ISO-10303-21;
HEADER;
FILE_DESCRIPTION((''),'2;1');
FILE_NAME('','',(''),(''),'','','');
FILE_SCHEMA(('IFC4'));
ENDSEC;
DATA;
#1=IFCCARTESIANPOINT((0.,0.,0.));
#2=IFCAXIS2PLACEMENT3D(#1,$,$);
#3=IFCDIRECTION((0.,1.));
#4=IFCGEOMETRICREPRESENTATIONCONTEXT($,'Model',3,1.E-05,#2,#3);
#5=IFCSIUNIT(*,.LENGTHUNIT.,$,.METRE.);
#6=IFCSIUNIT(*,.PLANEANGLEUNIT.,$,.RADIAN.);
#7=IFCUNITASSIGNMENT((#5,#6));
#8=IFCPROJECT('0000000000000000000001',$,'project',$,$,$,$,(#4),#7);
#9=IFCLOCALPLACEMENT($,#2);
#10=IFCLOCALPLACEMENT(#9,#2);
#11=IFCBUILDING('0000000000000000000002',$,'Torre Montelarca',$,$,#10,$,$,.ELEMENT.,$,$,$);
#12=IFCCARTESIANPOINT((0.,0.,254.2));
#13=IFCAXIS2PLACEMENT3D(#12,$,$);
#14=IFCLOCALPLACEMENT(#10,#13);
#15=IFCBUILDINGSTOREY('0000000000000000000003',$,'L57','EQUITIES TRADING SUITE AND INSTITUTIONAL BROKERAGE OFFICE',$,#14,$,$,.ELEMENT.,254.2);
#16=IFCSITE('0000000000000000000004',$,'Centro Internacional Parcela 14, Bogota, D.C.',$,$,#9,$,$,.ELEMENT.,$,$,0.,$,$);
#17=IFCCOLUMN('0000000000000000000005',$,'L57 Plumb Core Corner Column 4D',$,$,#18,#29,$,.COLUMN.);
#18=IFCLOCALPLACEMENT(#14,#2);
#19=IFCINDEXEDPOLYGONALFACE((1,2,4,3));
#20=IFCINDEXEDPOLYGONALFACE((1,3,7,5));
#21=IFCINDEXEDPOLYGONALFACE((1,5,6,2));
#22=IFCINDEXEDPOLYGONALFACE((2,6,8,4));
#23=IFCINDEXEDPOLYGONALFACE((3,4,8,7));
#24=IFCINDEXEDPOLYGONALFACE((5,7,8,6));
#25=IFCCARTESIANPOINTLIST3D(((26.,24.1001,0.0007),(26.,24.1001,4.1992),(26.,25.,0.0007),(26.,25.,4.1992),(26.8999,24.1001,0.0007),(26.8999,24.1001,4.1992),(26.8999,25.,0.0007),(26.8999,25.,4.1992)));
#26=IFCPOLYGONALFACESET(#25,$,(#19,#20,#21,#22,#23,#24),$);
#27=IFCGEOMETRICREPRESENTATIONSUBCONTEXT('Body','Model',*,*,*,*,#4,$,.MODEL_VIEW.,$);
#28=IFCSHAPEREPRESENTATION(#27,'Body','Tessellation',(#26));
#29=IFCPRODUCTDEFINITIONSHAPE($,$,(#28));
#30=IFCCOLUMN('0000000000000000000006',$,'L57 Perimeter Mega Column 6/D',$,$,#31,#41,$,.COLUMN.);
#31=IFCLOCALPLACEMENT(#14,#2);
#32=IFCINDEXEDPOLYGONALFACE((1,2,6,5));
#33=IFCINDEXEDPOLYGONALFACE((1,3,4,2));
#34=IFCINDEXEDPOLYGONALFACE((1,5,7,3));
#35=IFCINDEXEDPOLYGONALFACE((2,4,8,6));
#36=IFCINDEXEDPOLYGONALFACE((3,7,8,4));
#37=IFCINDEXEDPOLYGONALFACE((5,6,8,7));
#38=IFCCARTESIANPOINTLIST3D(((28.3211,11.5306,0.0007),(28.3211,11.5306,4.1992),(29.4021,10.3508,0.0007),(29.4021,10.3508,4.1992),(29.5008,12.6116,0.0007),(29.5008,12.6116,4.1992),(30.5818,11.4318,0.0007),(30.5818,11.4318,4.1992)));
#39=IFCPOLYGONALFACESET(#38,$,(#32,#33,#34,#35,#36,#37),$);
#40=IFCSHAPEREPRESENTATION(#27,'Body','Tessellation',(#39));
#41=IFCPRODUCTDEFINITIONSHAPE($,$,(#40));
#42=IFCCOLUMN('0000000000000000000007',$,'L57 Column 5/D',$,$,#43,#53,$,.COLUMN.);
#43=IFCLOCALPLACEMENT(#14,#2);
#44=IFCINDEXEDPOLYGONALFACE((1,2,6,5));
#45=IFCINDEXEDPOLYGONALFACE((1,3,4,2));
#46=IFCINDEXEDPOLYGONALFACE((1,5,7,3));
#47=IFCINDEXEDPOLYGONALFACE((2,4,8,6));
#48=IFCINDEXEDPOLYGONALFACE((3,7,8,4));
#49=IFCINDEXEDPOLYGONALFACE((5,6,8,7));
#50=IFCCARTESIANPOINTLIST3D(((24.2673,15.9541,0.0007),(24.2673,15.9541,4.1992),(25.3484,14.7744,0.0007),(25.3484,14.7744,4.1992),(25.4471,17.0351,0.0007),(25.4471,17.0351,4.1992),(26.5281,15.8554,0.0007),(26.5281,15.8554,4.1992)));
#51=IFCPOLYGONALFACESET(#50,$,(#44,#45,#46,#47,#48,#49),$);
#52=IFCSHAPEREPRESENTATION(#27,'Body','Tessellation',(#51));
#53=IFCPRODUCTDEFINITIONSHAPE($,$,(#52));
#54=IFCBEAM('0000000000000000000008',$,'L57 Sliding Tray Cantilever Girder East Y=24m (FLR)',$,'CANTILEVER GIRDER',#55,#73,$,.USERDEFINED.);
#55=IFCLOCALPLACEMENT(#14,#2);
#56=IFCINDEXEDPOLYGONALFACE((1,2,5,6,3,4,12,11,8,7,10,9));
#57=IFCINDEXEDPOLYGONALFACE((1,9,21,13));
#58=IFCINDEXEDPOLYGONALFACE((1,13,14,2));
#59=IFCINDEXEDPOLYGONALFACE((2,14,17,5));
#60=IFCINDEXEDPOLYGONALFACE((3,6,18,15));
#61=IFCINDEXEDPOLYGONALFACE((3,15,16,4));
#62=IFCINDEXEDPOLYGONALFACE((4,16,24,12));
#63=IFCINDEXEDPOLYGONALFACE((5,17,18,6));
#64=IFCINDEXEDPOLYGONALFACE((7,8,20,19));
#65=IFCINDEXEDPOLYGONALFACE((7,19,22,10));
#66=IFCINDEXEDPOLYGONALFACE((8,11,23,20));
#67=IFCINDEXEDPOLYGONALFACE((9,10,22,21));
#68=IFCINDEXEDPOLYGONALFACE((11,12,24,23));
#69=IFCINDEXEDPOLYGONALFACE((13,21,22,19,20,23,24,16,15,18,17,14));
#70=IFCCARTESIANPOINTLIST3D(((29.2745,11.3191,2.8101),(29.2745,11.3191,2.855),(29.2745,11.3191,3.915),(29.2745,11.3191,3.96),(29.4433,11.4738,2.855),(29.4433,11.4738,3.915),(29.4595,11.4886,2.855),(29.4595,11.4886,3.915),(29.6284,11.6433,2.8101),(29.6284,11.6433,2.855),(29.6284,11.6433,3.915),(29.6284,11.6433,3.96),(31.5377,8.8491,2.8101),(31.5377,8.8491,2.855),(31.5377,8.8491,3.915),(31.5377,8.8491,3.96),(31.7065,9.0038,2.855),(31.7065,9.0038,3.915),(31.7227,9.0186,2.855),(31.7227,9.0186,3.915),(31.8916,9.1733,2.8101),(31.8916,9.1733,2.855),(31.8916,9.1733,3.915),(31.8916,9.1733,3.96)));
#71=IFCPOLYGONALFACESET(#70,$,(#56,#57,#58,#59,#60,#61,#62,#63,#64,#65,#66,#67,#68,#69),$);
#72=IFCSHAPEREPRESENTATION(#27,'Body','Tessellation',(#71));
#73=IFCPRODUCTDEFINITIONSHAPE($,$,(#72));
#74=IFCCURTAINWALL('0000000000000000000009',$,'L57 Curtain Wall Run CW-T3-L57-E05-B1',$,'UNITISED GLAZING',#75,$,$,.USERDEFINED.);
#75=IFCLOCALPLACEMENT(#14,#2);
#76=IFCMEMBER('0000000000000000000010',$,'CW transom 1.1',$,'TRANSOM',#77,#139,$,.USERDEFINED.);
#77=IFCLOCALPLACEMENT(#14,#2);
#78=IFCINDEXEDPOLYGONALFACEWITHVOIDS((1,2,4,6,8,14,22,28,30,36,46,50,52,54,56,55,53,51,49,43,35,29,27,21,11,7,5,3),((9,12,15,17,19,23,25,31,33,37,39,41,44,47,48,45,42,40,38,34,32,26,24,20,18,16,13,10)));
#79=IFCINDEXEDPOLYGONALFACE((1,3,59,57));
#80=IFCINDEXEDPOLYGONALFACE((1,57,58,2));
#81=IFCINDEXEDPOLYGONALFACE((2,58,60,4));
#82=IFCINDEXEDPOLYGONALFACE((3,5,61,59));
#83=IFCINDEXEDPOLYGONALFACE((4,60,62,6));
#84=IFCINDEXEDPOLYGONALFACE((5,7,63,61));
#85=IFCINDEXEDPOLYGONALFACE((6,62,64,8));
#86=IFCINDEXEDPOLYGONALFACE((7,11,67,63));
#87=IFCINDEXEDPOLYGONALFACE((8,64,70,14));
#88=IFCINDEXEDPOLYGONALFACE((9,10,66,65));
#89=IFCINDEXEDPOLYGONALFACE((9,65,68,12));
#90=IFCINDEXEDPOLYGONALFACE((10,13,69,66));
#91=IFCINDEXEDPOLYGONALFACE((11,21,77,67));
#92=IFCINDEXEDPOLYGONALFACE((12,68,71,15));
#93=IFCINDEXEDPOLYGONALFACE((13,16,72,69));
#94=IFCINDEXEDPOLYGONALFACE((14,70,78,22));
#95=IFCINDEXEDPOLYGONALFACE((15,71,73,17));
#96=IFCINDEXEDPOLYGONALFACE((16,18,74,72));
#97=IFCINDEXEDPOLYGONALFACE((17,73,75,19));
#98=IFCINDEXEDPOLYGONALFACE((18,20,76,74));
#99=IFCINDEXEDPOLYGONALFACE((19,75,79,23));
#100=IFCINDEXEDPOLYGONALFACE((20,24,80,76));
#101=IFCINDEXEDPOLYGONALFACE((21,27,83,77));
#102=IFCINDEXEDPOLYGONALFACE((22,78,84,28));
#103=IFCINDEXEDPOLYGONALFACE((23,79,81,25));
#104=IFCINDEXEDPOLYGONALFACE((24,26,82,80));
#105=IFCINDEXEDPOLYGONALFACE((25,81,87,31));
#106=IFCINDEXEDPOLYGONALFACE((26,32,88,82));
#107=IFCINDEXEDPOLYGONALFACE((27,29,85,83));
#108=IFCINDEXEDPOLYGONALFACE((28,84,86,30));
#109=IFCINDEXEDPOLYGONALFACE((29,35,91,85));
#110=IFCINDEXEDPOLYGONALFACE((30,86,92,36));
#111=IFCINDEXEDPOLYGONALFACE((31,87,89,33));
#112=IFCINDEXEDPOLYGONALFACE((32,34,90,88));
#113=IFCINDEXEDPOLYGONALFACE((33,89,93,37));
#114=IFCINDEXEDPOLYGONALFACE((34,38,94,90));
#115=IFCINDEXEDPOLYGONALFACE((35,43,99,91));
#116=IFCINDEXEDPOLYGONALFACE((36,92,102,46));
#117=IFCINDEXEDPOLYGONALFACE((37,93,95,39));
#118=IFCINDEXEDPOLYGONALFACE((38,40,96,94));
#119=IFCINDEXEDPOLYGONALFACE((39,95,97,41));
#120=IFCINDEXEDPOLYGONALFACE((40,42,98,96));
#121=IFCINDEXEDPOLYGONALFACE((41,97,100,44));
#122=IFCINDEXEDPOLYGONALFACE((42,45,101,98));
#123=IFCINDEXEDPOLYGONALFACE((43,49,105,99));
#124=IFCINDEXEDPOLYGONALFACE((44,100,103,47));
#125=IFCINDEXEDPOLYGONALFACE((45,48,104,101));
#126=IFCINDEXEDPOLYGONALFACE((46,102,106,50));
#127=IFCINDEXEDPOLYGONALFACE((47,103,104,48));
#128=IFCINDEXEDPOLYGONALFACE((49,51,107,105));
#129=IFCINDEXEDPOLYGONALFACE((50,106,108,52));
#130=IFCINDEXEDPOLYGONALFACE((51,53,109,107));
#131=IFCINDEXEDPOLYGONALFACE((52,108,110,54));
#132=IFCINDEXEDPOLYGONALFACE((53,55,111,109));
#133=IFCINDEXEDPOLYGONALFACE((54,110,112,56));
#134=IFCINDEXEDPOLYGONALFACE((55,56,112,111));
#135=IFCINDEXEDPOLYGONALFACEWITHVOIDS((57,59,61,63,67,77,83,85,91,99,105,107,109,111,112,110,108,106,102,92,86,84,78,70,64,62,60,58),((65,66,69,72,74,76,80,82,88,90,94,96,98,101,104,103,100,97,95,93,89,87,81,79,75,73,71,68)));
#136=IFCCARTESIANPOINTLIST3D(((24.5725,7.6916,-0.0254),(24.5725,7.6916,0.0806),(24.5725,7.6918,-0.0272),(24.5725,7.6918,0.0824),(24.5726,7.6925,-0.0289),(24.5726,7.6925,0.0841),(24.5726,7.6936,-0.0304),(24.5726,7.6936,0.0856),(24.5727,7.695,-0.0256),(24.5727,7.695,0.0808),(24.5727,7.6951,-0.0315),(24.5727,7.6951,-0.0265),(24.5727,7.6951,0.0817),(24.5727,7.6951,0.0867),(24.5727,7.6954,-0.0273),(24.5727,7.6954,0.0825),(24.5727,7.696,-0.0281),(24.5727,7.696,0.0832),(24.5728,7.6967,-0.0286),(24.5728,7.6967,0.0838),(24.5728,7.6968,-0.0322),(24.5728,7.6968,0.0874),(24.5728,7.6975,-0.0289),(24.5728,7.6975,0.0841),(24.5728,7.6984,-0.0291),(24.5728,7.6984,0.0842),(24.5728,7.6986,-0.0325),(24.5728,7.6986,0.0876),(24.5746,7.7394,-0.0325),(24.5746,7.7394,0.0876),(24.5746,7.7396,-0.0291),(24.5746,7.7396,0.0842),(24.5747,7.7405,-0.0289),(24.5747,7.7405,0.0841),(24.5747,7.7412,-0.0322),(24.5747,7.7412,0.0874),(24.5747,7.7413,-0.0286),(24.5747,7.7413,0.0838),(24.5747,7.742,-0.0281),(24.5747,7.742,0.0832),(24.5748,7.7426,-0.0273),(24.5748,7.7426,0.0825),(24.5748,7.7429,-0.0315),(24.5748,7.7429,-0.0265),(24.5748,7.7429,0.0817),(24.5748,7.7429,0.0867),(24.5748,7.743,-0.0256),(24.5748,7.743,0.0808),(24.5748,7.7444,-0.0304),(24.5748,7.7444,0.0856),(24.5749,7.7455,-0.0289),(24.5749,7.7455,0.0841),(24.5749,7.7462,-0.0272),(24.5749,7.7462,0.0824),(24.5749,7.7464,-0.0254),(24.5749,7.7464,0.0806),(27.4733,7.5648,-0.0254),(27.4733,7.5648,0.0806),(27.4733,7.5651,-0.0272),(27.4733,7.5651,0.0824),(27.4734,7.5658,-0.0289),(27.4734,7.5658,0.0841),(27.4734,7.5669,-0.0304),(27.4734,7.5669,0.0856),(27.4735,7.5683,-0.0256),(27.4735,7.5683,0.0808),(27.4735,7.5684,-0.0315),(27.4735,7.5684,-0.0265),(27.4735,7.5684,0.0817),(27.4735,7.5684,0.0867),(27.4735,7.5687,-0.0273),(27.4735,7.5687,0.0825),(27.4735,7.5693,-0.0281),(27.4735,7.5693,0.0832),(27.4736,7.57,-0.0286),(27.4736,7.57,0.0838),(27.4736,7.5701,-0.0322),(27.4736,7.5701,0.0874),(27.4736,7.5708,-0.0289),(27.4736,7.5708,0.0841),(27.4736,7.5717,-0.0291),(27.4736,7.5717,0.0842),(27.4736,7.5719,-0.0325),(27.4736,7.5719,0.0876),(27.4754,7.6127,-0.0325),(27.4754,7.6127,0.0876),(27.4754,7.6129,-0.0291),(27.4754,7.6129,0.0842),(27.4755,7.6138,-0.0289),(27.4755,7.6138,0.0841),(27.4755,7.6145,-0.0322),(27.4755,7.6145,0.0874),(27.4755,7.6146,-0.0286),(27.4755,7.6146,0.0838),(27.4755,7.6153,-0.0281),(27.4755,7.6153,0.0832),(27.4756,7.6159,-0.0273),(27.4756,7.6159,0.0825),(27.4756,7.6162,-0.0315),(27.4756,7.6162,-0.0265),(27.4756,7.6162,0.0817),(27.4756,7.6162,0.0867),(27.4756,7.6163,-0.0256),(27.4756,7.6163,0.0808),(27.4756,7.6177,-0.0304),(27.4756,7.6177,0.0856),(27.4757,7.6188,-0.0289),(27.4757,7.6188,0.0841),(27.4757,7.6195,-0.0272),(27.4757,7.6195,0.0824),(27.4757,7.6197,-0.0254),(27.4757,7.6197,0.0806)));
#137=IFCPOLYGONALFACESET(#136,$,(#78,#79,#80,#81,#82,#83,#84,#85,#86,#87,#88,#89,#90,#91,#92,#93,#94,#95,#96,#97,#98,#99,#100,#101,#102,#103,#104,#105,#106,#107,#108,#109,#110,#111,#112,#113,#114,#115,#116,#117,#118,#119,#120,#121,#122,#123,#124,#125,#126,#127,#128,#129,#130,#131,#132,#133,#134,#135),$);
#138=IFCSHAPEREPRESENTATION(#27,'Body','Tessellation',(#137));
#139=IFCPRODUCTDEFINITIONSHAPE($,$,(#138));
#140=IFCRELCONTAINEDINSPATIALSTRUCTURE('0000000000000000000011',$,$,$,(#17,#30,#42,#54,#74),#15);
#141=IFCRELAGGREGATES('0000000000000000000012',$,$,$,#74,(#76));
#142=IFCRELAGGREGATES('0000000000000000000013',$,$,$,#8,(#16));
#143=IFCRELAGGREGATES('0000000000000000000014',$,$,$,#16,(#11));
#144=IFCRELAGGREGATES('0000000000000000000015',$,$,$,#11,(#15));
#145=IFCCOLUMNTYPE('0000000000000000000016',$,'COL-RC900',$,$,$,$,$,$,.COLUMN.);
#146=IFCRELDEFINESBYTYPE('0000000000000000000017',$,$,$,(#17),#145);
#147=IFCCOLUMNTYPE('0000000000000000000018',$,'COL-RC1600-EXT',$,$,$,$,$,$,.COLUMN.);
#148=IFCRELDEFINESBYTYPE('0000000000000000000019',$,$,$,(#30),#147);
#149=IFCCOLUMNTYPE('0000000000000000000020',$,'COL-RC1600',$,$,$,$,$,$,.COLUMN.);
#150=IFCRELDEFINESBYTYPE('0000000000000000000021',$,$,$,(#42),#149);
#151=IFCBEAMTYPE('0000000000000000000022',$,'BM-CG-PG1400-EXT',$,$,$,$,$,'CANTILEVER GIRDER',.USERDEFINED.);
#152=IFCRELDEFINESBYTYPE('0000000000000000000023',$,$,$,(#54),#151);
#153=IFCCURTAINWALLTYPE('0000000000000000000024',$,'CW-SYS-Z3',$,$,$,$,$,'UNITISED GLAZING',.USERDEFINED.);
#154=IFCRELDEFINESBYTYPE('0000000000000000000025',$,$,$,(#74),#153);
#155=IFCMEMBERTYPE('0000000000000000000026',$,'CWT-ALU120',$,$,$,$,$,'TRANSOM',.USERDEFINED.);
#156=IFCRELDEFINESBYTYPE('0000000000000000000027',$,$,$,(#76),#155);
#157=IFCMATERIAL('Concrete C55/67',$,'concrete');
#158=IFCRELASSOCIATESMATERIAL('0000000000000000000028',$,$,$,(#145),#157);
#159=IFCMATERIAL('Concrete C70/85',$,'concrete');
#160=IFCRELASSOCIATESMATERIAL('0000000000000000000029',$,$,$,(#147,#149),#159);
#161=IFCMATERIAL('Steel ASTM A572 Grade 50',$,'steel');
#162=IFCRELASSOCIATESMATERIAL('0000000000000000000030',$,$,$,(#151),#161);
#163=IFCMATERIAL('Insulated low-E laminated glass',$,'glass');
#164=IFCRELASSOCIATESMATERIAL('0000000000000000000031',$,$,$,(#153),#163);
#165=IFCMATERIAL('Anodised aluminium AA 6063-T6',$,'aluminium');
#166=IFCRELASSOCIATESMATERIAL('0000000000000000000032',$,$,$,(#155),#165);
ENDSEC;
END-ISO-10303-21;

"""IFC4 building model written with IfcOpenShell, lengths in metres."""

from ifc_helpers import new_model, si_unit, direction, frame, origin, origin_2d, place, context, subcontext, project, spatial, rectangle, hollow_rectangle, i_section, extrude, source, transform, mapped, material, material_profile, profile_set, type_object, element, aggregate, save


model = new_model("IFC4")

# Units and contexts
model_context = context("Model", 3, precision=1e-05, world=origin(), true_north=direction((0.0, 1.0)))
body_context = subcontext(model_context, "Body", "Model", "MODEL_VIEW")
ifc_project = project(units=[si_unit("LENGTHUNIT", "METRE"), si_unit("PLANEANGLEUNIT", "RADIAN")], contexts=[model_context])

# Site, building, storey
site_placement = place(None, origin())
site = spatial("IfcSite", under=ifc_project, at=site_placement, Name="Centro Internacional Parcela 14, Bogota, D.C.", CompositionType="ELEMENT", RefElevation=0.0)
building_placement = place(site_placement, origin())
building = spatial("IfcBuilding", under=site, at=building_placement, Name="Torre Montelarca", CompositionType="ELEMENT")
storey_placement = place(building_placement, frame((0.0, 0.0, 254.2)))
storey = spatial("IfcBuildingStorey", under=building, at=storey_placement, Name="L57", Description="EQUITIES TRADING SUITE AND INSTITUTIONAL BROKERAGE OFFICE", CompositionType="ELEMENT", Elevation=254.2)

# Columns
ifc_material_1 = material(Name="Concrete C55/67", Category="concrete")
ifc_material_profile_1 = material_profile(ifc_material_1, rectangle(XDim=0.8999, YDim=0.8999, at=origin_2d()), Name="RC900X900", Category="concrete")
ifc_profile_set_1 = profile_set([ifc_material_profile_1], Name="Concrete C55/67")
column_type_1 = type_object("IfcColumnType", Name="COL-RC900", PredefinedType="COLUMN", material=ifc_profile_set_1)
shared_shape_1 = source(origin(), body_context, "Body", "SweptSolid", [
    extrude(rectangle(XDim=0.8999, YDim=0.8999, at=origin_2d()), origin(), (0.0, 0.0, 1.0), 4.1985),
])
column_1_placement = place(storey_placement, frame((26.45, 24.55, 0.0007), z_axis=(0.0, 0.0, 1.0), x_axis=(1.0, 0.0, 0.0)))
element("IfcColumn", 1, at=column_1_placement, inside=storey, type_object=column_type_1, Name="L57 Plumb Core Corner Column 4D", PredefinedType="COLUMN", context=body_context, shape_type="MappedRepresentation", body=[
    mapped(shared_shape_1, transform((0.0, 0.0, 0.0), scale=1.0)),
])
ifc_material_2 = material(Name="Concrete C70/85", Category="concrete")
ifc_material_profile_2 = material_profile(ifc_material_2, rectangle(XDim=1.6001, YDim=1.6001, at=origin_2d()), Name="RC1600X1600", Category="concrete")
ifc_profile_set_2 = profile_set([ifc_material_profile_2], Name="Concrete C70/85")
column_type_2 = type_object("IfcColumnType", Name="COL-RC1600-EXT", PredefinedType="COLUMN", material=ifc_profile_set_2)
shared_shape_2 = source(origin(), body_context, "Body", "SweptSolid", [
    extrude(rectangle(XDim=1.6001, YDim=1.6001, at=origin_2d()), origin(), (0.0, 0.0, 1.0), 4.1985),
])
column_2_placement = place(storey_placement, frame((29.4514, 11.4812, 0.0007), z_axis=(0.0, 0.0, 1.0), x_axis=(-0.67559, 0.737277, 0.0)))
element("IfcColumn", 2, at=column_2_placement, inside=storey, type_object=column_type_2, Name="L57 Perimeter Mega Column 6/D", PredefinedType="COLUMN", context=body_context, shape_type="MappedRepresentation", body=[
    mapped(shared_shape_2, transform((0.0, 0.0, 0.0), scale=1.0)),
])
ifc_material_profile_3 = material_profile(ifc_material_2, rectangle(XDim=1.6001, YDim=1.6001, at=origin_2d()), Name="RC1600X1600", Category="concrete")
ifc_profile_set_3 = profile_set([ifc_material_profile_3], Name="Concrete C70/85")
column_type_3 = type_object("IfcColumnType", Name="COL-RC1600", PredefinedType="COLUMN", material=ifc_profile_set_3)
shared_shape_3 = source(origin(), body_context, "Body", "SweptSolid", [
    extrude(rectangle(XDim=1.6001, YDim=1.6001, at=origin_2d()), origin(), (0.0, 0.0, 1.0), 4.1985),
])
column_3_placement = place(storey_placement, frame((25.3977, 15.9048, 0.0007), z_axis=(0.0, 0.0, 1.0), x_axis=(-0.67559, 0.737277, 0.0)))
element("IfcColumn", 3, at=column_3_placement, inside=storey, type_object=column_type_3, Name="L57 Column 5/D", PredefinedType="COLUMN", context=body_context, shape_type="MappedRepresentation", body=[
    mapped(shared_shape_3, transform((0.0, 0.0, 0.0), scale=1.0)),
])

# Beam
ifc_material_3 = material(Name="Steel ASTM A572 Grade 50", Category="steel")
ifc_material_profile_4 = material_profile(ifc_material_3, i_section(OverallWidth=0.48, OverallDepth=1.1499, WebThickness=0.022, FlangeThickness=0.0449, at=origin_2d()), Name="PG1150X480X22X45", Category="steel")
ifc_profile_set_4 = profile_set([ifc_material_profile_4], Name="Steel ASTM A572 Grade 50")
beam_type = type_object("IfcBeamType", Name="BM-CG-PG1400-EXT", ElementType="CANTILEVER GIRDER", PredefinedType="USERDEFINED", material=ifc_profile_set_4)
shared_shape_4 = source(origin(), body_context, "Body", "SweptSolid", [
    extrude(i_section(OverallWidth=0.48, OverallDepth=1.1499, WebThickness=0.022, FlangeThickness=0.0449, at=origin_2d()), origin(), (0.0, 0.0, 1.0), 3.3501),
])
beam_placement = place(storey_placement, frame((29.4514, 11.4812, 3.385), z_axis=(0.67557, -0.737296, 0.0), x_axis=(0.737296, 0.67557, 0.0)))
element("IfcBeam", 4, at=beam_placement, inside=storey, type_object=beam_type, Name="L57 Sliding Tray Cantilever Girder East Y=24m (FLR)", ObjectType="CANTILEVER GIRDER", PredefinedType="USERDEFINED", context=body_context, shape_type="MappedRepresentation", body=[
    mapped(shared_shape_4, transform((0.0, 0.0, 0.0), scale=1.0)),
])

# Curtain wall, member
ifc_material_4 = material(Name="Insulated low-E laminated glass", Category="glass")
curtain_wall_type = type_object("IfcCurtainWallType", Name="CW-SYS-Z3", ElementType="UNITISED GLAZING", PredefinedType="USERDEFINED", material=ifc_material_4)
curtain_wall_1_placement = place(storey_placement, origin())
curtain_wall_1 = element("IfcCurtainWall", 5, at=curtain_wall_1_placement, inside=storey, type_object=curtain_wall_type, Name="L57 Curtain Wall Run CW-T3-L57-E05-B1", ObjectType="UNITISED GLAZING", PredefinedType="USERDEFINED")
ifc_material_5 = material(Name="Anodised aluminium AA 6063-T6", Category="aluminium")
ifc_material_profile_5 = material_profile(ifc_material_5, hollow_rectangle(XDim=0.0549, YDim=0.1201, WallThickness=0.0034, InnerFilletRadius=0.0034, OuterFilletRadius=0.0071, at=origin_2d()), Name="ALU55X120X3.5", Category="aluminium")
ifc_profile_set_5 = profile_set([ifc_material_profile_5], Name="Anodised aluminium AA 6063-T6")
member_type_1 = type_object("IfcMemberType", Name="CWT-ALU120", ElementType="TRANSOM", PredefinedType="USERDEFINED", material=ifc_profile_set_5)
shared_shape_5 = source(origin(), body_context, "Body", "SweptSolid", [
    extrude(hollow_rectangle(XDim=0.0549, YDim=0.1201, WallThickness=0.0034, InnerFilletRadius=0.0034, OuterFilletRadius=0.0071, at=origin_2d()), origin(), (0.0, 0.0, 1.0), 2.9036),
])
member_1_placement = place(storey_placement, frame((24.5737, 7.719, 0.0276), z_axis=(0.999047, -0.043638, 0.0), x_axis=(0.043638, 0.999047, 0.0)))
member_1 = element("IfcMember", 6, at=member_1_placement, type_object=member_type_1, Name="CW transom 1.1", ObjectType="TRANSOM", PredefinedType="USERDEFINED", context=body_context, shape_type="MappedRepresentation", body=[
    mapped(shared_shape_5, transform((0.0, 0.0, 0.0), scale=1.0)),
])

aggregate(curtain_wall_1, [member_1])

save(model, "model.ifc")
